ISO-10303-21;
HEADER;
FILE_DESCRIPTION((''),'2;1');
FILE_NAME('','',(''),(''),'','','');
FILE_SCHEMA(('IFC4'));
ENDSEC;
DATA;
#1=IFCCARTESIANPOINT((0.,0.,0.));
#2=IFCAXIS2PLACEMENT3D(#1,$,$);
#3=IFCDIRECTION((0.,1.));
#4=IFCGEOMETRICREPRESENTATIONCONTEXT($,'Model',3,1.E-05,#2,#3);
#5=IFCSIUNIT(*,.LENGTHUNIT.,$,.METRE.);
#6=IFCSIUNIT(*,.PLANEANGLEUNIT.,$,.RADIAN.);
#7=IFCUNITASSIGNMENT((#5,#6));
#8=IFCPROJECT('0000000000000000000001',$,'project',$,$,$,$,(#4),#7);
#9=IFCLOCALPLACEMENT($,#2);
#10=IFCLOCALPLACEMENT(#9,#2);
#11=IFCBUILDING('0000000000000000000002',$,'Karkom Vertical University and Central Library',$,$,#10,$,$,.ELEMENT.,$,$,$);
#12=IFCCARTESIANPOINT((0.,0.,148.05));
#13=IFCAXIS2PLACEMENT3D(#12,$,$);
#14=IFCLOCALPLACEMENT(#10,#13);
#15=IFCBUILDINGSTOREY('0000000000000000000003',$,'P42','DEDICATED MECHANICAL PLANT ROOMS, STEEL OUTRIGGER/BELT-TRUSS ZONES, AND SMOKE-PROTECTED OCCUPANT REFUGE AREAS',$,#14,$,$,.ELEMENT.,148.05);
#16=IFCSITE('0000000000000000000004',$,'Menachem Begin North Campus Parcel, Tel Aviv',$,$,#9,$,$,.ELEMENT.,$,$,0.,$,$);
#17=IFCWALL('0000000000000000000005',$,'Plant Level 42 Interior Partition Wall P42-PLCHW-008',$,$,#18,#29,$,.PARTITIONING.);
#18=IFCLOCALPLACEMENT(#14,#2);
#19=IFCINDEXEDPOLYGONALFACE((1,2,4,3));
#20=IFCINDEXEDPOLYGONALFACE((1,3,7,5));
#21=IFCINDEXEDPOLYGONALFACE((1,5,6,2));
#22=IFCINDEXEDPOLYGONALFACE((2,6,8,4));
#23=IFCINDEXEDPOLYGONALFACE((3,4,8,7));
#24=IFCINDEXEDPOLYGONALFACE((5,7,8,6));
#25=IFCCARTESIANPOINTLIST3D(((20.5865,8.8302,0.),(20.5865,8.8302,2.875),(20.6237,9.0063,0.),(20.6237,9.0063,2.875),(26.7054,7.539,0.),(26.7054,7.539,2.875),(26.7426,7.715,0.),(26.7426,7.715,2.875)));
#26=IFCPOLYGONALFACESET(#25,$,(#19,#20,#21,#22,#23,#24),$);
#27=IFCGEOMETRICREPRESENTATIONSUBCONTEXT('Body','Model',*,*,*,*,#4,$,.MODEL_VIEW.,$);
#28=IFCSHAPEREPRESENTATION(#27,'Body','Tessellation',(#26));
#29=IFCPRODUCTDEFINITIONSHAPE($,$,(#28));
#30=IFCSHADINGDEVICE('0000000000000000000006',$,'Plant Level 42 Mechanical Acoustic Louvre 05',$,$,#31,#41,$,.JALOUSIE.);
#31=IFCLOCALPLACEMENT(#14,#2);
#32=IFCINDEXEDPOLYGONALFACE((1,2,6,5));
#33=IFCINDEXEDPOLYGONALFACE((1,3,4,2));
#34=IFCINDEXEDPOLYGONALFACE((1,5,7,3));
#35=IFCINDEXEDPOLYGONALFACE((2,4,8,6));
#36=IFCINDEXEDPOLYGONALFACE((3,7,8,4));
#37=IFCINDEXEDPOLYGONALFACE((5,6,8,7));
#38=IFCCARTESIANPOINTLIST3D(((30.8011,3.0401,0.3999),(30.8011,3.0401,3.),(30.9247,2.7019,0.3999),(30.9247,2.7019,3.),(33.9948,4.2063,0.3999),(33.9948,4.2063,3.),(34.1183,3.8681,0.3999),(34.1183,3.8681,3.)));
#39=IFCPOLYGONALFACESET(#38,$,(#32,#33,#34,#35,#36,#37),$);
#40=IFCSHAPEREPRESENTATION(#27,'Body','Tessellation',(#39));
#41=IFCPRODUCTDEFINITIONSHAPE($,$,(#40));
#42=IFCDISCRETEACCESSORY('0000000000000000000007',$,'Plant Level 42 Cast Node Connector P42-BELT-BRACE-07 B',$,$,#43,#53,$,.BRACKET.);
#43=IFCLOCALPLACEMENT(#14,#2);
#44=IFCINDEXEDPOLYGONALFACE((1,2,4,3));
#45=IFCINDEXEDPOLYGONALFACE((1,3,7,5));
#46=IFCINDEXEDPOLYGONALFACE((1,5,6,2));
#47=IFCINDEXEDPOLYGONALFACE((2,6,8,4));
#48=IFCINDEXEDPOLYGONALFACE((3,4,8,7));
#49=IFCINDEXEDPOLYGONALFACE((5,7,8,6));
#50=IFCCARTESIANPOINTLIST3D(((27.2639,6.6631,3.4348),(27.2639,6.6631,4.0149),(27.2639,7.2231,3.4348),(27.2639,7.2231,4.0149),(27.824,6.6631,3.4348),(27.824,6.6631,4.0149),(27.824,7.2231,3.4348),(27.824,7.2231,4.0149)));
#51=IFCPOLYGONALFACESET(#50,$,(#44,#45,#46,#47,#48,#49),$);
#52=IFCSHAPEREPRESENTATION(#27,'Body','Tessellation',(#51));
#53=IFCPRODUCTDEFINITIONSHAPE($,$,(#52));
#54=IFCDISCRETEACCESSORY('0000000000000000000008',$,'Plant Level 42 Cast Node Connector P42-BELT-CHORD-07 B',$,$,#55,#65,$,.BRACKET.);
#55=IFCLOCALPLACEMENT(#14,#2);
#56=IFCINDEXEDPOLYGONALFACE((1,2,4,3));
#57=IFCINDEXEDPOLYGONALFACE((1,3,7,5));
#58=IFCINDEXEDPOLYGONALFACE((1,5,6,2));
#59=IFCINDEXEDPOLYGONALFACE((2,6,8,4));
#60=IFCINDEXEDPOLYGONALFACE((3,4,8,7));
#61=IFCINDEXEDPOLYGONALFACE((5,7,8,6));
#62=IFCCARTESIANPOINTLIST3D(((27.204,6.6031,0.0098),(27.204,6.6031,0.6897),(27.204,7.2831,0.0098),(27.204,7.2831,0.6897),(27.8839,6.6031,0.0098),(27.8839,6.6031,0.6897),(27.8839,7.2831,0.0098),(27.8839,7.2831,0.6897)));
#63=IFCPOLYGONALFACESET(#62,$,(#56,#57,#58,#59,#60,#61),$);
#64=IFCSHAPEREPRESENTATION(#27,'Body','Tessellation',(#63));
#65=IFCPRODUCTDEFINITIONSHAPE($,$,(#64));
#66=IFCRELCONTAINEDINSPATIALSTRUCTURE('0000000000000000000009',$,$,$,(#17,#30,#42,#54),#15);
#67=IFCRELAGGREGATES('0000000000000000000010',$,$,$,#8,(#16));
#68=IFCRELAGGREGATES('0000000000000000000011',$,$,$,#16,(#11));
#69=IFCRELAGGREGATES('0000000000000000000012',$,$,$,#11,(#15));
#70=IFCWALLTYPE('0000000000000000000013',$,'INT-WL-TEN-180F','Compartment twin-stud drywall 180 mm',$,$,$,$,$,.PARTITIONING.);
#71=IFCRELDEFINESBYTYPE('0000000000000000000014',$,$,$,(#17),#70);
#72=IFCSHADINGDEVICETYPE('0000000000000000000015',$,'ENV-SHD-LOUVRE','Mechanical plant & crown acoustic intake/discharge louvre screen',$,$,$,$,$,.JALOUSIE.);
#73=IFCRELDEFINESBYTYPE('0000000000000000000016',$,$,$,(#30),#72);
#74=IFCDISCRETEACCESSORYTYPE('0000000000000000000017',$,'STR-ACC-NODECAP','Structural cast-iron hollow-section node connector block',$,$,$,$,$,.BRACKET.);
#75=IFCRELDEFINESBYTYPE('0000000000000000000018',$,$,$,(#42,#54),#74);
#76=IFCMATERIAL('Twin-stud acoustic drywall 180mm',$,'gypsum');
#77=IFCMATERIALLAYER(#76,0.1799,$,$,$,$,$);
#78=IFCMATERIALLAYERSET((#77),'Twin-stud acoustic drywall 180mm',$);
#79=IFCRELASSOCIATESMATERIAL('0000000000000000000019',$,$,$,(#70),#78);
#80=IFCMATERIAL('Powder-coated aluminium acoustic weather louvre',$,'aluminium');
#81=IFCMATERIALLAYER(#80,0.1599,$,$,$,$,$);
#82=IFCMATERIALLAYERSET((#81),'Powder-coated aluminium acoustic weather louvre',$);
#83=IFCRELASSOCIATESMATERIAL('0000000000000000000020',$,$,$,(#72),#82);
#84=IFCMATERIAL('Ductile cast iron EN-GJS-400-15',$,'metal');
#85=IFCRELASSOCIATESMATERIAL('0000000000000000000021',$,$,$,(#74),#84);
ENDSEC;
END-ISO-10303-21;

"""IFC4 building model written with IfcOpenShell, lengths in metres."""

from ifc_helpers import new_model, si_unit, direction, frame, frame_2d, origin, origin_with_axes, origin_2d, place, context, subcontext, project, spatial, rectangle, extrude, source, transform, mapped, material, layer, layer_set, type_object, element, save


model = new_model("IFC4")

# Units and contexts
model_context = context("Model", 3, precision=1e-05, world=origin(), true_north=direction((0.0, 1.0)))
body_context = subcontext(model_context, "Body", "Model", "MODEL_VIEW")
ifc_project = project(units=[si_unit("LENGTHUNIT", "METRE"), si_unit("PLANEANGLEUNIT", "RADIAN")], contexts=[model_context])

# Site, building, storey
site_placement = place(None, origin())
site = spatial("IfcSite", under=ifc_project, at=site_placement, Name="Menachem Begin North Campus Parcel, Tel Aviv", CompositionType="ELEMENT", RefElevation=0.0)
building_placement = place(site_placement, origin())
building = spatial("IfcBuilding", under=site, at=building_placement, Name="Karkom Vertical University and Central Library", CompositionType="ELEMENT")
storey_placement = place(building_placement, frame((0.0, 0.0, 148.05)))
storey = spatial("IfcBuildingStorey", under=building, at=storey_placement, Name="P42", Description="DEDICATED MECHANICAL PLANT ROOMS, STEEL OUTRIGGER/BELT-TRUSS ZONES, AND SMOKE-PROTECTED OCCUPANT REFUGE AREAS", CompositionType="ELEMENT", Elevation=148.05)

# Wall
ifc_material_1 = material(Name="Twin-stud acoustic drywall 180mm", Category="gypsum")
ifc_layer_1 = layer(ifc_material_1, 0.1799)
ifc_layer_set_1 = layer_set([ifc_layer_1], Name="Twin-stud acoustic drywall 180mm")
wall_type_1 = type_object("IfcWallType", Name="INT-WL-TEN-180F", Description="Compartment twin-stud drywall 180 mm", PredefinedType="PARTITIONING", material=ifc_layer_set_1)
wall_1_placement = place(storey_placement, frame((26.7241, 7.627, 0.0), z_axis=(0.0, 0.0, 1.0), x_axis=(-0.978451, 0.206481, 0.0)))
element("IfcWall", 1, at=wall_1_placement, inside=storey, type_object=wall_type_1, Name="Plant Level 42 Interior Partition Wall P42-PLCHW-008", PredefinedType="PARTITIONING", context=body_context, shape_type="SweptSolid", body=[
    extrude(rectangle(XDim=6.2537, YDim=0.1799, at=frame_2d((3.127, 0.0))), origin(), (0.0, 0.0, 1.0), 2.875),
])

# Shading device
ifc_material_2 = material(Name="Powder-coated aluminium acoustic weather louvre", Category="aluminium")
ifc_layer_2 = layer(ifc_material_2, 0.1599)
ifc_layer_set_2 = layer_set([ifc_layer_2], Name="Powder-coated aluminium acoustic weather louvre")
shading_device_type = type_object("IfcShadingDeviceType", Name="ENV-SHD-LOUVRE", Description="Mechanical plant & crown acoustic intake/discharge louvre screen", PredefinedType="JALOUSIE", material=ifc_layer_set_2)
shared_shape_1 = source(origin_with_axes(), body_context, "Body", "SweptSolid", [
    extrude(rectangle(XDim=3.3999, YDim=0.3601, at=origin_2d()), origin(), (0.0, 0.0, 1.0), 2.6001),
])
shading_device_placement = place(storey_placement, frame((32.4597, 3.4541, 0.3999), z_axis=(0.0, 0.0, 1.0), x_axis=(0.939334, 0.343004, 0.0)))
element("IfcShadingDevice", 2, at=shading_device_placement, inside=storey, type_object=shading_device_type, Name="Plant Level 42 Mechanical Acoustic Louvre 05", PredefinedType="JALOUSIE", context=body_context, shape_type="MappedRepresentation", body=[
    mapped(shared_shape_1, transform((0.0, 0.0, 0.0), scale=1.0)),
])

# Discrete accessories
ifc_material_3 = material(Name="Ductile cast iron EN-GJS-400-15", Category="metal")
discrete_accessory_type = type_object("IfcDiscreteAccessoryType", Name="STR-ACC-NODECAP", Description="Structural cast-iron hollow-section node connector block", PredefinedType="BRACKET", material=ifc_material_3)
shared_shape_2 = source(origin_with_axes(), body_context, "Body", "SweptSolid", [
    extrude(rectangle(XDim=0.5601, YDim=0.5601, at=origin_2d()), origin(), (0.0, 0.0, 1.0), 0.5801),
])
discrete_accessory_1_placement = place(storey_placement, frame((27.5439, 6.9431, 3.4348), z_axis=(0.0, 0.0, 1.0), x_axis=(1.0, 0.0, 0.0)))
element("IfcDiscreteAccessory", 3, at=discrete_accessory_1_placement, inside=storey, type_object=discrete_accessory_type, Name="Plant Level 42 Cast Node Connector P42-BELT-BRACE-07 B", PredefinedType="BRACKET", context=body_context, shape_type="MappedRepresentation", body=[
    mapped(shared_shape_2, transform((0.0, 0.0, 0.0), scale=1.0)),
])
shared_shape_3 = source(origin_with_axes(), body_context, "Body", "SweptSolid", [
    extrude(rectangle(XDim=0.6799, YDim=0.6799, at=origin_2d()), origin(), (0.0, 0.0, 1.0), 0.6799),
])
discrete_accessory_2_placement = place(storey_placement, frame((27.5439, 6.9431, 0.0098), z_axis=(0.0, 0.0, 1.0), x_axis=(1.0, 0.0, 0.0)))
element("IfcDiscreteAccessory", 4, at=discrete_accessory_2_placement, inside=storey, type_object=discrete_accessory_type, Name="Plant Level 42 Cast Node Connector P42-BELT-CHORD-07 B", PredefinedType="BRACKET", context=body_context, shape_type="MappedRepresentation", body=[
    mapped(shared_shape_3, transform((0.0, 0.0, 0.0), scale=1.0)),
])

save(model, "model.ifc")
